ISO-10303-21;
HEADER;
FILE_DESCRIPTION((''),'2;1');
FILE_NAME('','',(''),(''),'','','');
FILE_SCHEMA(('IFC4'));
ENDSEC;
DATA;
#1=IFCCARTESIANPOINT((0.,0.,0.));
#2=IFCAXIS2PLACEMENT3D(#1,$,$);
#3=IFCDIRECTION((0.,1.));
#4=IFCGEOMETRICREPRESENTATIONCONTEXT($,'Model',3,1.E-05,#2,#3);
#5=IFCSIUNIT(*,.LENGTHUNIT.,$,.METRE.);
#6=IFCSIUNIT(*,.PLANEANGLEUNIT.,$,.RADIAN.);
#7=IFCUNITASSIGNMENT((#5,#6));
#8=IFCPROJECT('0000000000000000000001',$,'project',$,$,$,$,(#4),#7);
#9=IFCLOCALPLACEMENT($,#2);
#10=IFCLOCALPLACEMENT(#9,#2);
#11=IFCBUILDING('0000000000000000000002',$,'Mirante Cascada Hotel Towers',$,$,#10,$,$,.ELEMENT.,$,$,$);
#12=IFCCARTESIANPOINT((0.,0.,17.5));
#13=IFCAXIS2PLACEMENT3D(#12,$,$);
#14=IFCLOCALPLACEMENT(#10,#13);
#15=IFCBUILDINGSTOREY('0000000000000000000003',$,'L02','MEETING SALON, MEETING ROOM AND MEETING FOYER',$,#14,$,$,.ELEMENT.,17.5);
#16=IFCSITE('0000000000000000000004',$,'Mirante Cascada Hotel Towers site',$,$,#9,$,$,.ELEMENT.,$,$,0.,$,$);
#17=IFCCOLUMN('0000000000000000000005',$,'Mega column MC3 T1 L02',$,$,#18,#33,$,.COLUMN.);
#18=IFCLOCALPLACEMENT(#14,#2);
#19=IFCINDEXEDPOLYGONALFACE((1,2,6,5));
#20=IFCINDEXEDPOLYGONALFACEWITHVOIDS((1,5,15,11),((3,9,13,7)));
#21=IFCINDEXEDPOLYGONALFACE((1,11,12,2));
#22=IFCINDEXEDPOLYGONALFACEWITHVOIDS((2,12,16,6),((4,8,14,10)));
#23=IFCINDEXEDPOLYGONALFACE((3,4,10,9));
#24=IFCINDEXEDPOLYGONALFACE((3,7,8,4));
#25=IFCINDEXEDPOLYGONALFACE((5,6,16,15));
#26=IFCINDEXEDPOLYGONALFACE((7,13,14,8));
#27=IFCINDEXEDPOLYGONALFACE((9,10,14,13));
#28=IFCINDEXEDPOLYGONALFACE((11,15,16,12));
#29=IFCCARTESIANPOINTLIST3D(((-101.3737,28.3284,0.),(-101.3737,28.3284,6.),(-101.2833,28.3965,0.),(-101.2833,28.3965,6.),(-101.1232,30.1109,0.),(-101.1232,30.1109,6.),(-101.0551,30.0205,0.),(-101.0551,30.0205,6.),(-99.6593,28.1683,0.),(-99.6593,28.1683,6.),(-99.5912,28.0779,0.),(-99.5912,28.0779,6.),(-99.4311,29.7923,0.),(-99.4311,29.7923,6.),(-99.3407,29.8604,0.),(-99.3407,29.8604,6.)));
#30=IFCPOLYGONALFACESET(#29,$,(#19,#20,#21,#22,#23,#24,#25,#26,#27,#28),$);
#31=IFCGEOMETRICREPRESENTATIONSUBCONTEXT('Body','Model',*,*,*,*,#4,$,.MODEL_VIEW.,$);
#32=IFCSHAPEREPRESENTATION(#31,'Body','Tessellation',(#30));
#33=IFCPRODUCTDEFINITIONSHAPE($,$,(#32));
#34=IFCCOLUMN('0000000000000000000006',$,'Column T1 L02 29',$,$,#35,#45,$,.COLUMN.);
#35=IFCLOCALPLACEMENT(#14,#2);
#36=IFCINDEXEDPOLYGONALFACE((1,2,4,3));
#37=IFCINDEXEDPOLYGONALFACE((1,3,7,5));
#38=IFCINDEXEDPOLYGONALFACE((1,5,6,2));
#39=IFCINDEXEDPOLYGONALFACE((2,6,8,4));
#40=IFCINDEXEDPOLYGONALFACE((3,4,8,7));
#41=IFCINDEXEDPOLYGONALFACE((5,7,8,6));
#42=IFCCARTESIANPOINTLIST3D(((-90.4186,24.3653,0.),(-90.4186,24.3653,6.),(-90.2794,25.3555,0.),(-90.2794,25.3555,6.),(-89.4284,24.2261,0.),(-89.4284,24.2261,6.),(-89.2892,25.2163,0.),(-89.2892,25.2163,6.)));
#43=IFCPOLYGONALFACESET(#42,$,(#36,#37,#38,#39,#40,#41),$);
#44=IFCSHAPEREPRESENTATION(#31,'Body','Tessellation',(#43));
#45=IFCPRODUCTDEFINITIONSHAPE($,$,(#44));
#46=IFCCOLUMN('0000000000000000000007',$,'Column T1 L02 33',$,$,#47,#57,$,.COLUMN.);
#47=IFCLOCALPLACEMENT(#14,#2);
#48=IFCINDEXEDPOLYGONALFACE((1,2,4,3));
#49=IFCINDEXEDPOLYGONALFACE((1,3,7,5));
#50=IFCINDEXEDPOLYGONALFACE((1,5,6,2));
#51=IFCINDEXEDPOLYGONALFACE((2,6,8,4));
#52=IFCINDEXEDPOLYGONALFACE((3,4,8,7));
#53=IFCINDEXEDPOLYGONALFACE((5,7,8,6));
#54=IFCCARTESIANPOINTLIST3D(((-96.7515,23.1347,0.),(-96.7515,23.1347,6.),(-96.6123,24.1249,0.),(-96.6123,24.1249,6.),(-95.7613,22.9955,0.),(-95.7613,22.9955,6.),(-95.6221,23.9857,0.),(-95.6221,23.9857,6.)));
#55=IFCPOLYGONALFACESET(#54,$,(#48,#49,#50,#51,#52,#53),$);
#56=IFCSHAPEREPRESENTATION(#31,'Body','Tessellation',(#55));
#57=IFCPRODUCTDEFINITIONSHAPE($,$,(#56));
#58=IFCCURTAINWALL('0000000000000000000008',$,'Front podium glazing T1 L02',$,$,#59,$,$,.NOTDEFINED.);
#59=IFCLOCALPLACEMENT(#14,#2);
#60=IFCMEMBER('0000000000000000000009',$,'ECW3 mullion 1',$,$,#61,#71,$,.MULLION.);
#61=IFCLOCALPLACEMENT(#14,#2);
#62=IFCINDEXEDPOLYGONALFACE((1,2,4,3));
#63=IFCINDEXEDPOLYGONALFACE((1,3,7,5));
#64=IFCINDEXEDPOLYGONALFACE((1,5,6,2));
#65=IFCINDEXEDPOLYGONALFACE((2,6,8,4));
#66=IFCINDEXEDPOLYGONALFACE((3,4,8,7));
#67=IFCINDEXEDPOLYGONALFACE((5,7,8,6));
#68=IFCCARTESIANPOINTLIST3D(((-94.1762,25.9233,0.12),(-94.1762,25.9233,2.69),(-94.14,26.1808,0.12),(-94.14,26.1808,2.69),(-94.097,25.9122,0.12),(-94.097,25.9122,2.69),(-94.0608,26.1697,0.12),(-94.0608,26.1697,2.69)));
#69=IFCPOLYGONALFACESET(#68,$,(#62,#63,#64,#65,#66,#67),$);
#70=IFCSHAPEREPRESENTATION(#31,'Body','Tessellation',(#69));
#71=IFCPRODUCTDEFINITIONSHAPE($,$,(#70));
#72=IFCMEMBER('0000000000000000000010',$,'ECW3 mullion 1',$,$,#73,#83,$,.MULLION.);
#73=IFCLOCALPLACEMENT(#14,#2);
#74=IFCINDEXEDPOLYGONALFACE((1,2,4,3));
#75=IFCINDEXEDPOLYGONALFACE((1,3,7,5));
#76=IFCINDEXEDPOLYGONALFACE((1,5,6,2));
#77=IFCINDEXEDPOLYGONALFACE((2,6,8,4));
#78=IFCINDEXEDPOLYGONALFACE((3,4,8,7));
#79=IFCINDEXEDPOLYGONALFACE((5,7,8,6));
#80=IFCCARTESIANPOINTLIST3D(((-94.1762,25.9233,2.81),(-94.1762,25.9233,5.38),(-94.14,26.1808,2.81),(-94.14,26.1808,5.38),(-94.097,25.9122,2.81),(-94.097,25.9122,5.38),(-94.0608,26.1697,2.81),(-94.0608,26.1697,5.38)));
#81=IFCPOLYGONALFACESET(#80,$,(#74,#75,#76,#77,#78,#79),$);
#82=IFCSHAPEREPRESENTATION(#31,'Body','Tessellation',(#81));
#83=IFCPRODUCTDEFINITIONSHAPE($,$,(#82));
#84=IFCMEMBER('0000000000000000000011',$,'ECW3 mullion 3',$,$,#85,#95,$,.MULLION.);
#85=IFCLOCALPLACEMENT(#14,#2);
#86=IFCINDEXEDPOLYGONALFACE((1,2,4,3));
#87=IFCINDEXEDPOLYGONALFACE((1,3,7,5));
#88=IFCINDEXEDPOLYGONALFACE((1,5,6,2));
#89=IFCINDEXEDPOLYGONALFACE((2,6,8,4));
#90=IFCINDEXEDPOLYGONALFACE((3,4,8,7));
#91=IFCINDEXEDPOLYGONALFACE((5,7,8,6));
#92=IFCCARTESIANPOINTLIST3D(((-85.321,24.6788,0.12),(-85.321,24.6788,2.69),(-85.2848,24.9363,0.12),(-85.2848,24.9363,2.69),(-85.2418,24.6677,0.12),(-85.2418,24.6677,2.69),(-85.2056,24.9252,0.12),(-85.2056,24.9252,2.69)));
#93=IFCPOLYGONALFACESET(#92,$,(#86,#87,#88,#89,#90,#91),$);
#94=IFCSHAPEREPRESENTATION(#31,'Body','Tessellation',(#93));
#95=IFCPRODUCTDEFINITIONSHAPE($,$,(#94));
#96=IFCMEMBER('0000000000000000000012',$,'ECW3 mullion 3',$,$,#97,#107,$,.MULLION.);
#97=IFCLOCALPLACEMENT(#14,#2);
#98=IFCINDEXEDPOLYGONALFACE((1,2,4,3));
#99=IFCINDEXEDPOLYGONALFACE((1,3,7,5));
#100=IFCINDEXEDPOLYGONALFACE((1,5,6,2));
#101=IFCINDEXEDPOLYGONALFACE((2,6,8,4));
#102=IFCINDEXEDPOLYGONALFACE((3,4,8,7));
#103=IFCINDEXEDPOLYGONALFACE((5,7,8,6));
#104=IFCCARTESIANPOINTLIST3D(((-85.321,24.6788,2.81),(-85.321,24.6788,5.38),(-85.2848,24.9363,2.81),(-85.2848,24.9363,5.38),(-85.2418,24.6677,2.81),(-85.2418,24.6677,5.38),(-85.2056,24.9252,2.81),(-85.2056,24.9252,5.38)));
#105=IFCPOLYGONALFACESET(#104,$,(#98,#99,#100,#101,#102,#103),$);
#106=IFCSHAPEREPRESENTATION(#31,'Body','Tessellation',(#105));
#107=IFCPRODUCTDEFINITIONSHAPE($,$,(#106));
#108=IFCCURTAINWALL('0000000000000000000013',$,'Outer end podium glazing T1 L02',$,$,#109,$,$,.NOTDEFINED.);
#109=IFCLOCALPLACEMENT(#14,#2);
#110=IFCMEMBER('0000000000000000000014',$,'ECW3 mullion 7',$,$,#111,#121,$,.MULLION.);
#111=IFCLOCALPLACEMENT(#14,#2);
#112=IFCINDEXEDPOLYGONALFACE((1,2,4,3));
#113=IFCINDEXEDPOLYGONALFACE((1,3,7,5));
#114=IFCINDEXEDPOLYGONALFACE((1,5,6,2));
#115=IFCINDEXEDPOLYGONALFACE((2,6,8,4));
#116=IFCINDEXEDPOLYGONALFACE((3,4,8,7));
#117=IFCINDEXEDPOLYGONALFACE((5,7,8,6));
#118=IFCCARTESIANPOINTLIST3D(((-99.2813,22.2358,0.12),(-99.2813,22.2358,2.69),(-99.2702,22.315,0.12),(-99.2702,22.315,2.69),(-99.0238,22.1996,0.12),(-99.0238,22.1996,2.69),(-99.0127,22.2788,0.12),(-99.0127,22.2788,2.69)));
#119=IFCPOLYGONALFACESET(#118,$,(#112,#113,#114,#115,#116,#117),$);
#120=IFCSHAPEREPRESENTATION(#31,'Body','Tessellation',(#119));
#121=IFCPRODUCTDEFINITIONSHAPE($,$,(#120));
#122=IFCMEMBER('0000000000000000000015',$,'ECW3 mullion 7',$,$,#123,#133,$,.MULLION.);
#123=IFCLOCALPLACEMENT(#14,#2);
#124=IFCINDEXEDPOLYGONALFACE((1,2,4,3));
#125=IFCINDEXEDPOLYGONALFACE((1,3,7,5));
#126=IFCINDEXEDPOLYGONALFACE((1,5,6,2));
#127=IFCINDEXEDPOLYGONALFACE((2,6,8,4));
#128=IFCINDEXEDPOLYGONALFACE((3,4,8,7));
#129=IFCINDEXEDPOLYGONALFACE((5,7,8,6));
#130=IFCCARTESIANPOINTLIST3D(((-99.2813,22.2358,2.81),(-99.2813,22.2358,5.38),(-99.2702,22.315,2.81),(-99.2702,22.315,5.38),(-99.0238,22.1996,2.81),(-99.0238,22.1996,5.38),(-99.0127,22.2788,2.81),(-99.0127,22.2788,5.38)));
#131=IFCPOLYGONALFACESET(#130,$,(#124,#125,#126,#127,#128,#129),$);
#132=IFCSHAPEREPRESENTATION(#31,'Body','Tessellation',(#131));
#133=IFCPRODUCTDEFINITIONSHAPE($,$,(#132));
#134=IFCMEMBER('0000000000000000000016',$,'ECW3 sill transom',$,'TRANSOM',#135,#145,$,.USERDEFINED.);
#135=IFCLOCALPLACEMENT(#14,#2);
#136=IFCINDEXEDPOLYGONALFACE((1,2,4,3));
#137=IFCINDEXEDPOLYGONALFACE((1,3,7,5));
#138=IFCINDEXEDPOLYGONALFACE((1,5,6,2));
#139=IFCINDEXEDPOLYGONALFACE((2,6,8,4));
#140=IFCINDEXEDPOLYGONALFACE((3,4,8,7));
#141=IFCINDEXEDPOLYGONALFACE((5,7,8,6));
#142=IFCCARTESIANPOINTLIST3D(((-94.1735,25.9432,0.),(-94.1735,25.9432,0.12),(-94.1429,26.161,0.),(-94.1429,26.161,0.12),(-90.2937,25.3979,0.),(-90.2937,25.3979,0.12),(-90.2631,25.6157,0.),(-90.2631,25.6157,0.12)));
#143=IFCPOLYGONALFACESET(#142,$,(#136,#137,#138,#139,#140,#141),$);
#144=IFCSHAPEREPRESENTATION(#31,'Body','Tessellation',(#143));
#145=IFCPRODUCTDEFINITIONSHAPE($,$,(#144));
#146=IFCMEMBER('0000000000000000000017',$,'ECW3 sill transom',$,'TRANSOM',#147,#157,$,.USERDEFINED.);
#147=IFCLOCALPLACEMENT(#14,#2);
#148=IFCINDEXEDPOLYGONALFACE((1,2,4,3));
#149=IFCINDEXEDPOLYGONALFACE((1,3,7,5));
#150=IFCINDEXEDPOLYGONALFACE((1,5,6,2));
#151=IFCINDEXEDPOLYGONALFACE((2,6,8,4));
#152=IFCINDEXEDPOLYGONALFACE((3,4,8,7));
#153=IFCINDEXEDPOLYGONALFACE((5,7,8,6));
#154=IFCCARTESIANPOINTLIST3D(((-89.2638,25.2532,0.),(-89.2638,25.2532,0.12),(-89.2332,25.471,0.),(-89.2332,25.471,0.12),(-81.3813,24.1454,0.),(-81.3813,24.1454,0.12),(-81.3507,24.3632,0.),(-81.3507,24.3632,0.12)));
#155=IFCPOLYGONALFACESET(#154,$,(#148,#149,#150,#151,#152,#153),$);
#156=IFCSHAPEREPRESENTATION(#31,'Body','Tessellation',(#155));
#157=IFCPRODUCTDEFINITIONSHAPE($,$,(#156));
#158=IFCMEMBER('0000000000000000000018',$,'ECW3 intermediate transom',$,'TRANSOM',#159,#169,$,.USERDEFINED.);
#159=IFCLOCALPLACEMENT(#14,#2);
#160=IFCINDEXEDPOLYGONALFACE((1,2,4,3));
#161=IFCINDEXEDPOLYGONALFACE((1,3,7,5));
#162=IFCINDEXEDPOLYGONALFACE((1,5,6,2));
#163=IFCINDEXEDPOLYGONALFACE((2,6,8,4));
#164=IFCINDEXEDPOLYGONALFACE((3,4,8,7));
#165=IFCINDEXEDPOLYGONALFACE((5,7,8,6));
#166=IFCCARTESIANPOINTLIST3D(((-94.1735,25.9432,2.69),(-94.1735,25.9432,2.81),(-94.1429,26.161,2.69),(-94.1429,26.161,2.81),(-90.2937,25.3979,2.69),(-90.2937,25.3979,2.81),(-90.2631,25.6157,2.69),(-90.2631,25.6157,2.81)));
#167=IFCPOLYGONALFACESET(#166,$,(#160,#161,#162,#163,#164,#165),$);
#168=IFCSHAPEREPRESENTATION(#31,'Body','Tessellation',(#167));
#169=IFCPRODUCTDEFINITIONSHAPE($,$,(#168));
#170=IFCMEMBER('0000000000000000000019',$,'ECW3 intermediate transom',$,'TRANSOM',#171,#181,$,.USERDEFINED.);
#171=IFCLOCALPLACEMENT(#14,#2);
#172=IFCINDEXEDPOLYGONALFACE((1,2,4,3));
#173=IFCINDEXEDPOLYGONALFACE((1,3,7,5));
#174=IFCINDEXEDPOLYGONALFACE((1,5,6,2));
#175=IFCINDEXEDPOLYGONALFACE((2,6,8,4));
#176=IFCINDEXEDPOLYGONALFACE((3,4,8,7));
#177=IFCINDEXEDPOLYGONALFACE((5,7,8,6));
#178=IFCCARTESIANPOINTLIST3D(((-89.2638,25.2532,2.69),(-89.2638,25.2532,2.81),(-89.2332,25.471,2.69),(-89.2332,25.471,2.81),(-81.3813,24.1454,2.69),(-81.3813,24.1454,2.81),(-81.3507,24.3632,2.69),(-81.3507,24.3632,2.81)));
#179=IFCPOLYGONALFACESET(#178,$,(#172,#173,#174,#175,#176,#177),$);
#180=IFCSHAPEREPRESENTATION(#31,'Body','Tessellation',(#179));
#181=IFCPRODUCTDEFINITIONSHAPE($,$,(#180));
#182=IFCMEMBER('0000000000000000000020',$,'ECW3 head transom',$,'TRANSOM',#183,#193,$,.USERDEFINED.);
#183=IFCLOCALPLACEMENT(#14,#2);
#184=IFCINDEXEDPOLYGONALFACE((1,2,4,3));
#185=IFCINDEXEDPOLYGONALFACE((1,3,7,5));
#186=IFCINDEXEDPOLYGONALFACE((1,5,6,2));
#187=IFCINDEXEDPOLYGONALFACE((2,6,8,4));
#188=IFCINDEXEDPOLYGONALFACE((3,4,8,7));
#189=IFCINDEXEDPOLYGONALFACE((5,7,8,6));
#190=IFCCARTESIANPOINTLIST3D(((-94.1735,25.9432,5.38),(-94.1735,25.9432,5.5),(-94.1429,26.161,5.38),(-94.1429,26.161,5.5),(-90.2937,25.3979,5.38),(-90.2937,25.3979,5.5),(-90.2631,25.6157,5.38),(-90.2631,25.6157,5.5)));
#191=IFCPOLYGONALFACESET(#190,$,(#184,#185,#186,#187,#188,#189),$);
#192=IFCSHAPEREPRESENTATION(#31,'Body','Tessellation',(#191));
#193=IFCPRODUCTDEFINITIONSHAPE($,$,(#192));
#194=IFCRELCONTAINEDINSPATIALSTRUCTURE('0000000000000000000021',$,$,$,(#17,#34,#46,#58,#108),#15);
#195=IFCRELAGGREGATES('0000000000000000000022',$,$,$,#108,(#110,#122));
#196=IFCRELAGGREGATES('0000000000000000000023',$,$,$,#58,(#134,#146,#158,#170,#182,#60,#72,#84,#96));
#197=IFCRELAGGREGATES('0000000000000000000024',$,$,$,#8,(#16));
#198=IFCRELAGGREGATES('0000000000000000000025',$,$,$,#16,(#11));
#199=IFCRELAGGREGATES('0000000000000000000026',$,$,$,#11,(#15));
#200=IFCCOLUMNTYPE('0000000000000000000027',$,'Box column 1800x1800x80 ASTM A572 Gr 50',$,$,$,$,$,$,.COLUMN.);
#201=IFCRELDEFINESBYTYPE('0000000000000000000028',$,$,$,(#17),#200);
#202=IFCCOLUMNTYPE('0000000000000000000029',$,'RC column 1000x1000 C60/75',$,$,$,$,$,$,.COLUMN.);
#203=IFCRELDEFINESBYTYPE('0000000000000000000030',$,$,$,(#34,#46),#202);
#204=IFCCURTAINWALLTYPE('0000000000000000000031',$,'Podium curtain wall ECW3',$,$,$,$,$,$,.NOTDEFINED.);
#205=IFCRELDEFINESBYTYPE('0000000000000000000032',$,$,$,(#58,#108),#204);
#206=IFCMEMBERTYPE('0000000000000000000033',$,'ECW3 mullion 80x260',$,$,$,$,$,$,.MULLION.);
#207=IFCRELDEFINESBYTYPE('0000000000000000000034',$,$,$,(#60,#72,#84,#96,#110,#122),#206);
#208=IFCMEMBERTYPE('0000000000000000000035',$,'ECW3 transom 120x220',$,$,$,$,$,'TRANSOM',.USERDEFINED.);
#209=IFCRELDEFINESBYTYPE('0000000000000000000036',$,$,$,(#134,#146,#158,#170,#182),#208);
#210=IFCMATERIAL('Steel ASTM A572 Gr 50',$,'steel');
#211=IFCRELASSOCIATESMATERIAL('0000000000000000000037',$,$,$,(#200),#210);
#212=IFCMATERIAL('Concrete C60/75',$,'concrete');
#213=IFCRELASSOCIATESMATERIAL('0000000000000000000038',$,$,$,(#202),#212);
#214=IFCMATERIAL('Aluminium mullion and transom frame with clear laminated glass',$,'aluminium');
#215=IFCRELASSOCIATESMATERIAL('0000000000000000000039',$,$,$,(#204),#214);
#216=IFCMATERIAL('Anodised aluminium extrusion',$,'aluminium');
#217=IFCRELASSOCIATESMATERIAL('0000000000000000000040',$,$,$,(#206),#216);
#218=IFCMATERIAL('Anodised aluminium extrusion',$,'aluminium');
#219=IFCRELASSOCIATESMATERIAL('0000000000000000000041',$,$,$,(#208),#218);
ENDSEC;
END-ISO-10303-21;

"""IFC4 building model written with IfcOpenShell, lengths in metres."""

from ifc_helpers import new_model, si_unit, direction, frame, origin, origin_2d, place, context, subcontext, project, spatial, rectangle, hollow_rectangle, extrude, material, material_profile, profile_set, type_object, element, aggregate, save


model = new_model("IFC4")

# Units and contexts
model_context = context("Model", 3, precision=1e-05, world=origin(), true_north=direction((0.0, 1.0)))
body_context = subcontext(model_context, "Body", "Model", "MODEL_VIEW")
ifc_project = project(units=[si_unit("LENGTHUNIT", "METRE"), si_unit("PLANEANGLEUNIT", "RADIAN")], contexts=[model_context])

# Site, building, storey
site_placement = place(None, origin())
site = spatial("IfcSite", under=ifc_project, at=site_placement, Name="Mirante Cascada Hotel Towers site", CompositionType="ELEMENT", RefElevation=0.0)
building_placement = place(site_placement, origin())
building = spatial("IfcBuilding", under=site, at=building_placement, Name="Mirante Cascada Hotel Towers", CompositionType="ELEMENT")
storey_placement = place(building_placement, frame((0.0, 0.0, 17.5)))
storey = spatial("IfcBuildingStorey", under=building, at=storey_placement, Name="L02", Description="MEETING SALON, MEETING ROOM AND MEETING FOYER", CompositionType="ELEMENT", Elevation=17.5)

# Columns
ifc_material_1 = material(Name="Steel ASTM A572 Gr 50", Category="steel")
ifc_material_profile_1 = material_profile(ifc_material_1, hollow_rectangle(XDim=1.8, YDim=1.8, WallThickness=0.08, at=origin_2d()), Name="Box column 1800x1800x80 ASTM A572 Gr 50")
ifc_profile_set_1 = profile_set([ifc_material_profile_1], Name="Steel ASTM A572 Gr 50")
column_type_1 = type_object("IfcColumnType", Name="Box column 1800x1800x80 ASTM A572 Gr 50", PredefinedType="COLUMN", material=ifc_profile_set_1)
column_placement = place(storey_placement, frame((-100.3572, 29.0944, 0.0), z_axis=(0.0, 0.0, 1.0), x_axis=(-0.990268, 0.139173, 0.0)))
element("IfcColumn", 1, at=column_placement, inside=storey, type_object=column_type_1, Name="Mega column MC3 T1 L02", PredefinedType="COLUMN", context=body_context, shape_type="SweptSolid", body=[
    extrude(hollow_rectangle(XDim=1.8, YDim=1.8, WallThickness=0.08, at=origin_2d()), origin(), (0.0, 0.0, 1.0), 6.0),
])
ifc_material_2 = material(Name="Concrete C60/75", Category="concrete")
ifc_material_profile_2 = material_profile(ifc_material_2, rectangle(XDim=1.0, YDim=1.0, at=origin_2d()), Name="RC column 1000x1000 C60/75")
ifc_profile_set_2 = profile_set([ifc_material_profile_2], Name="Concrete C60/75")
column_type_2 = type_object("IfcColumnType", Name="RC column 1000x1000 C60/75", PredefinedType="COLUMN", material=ifc_profile_set_2)
for number, where, z_axis, x_axis, name in (
    (2, (-89.8539, 24.7908, 0.0), (0.0, 0.0, 1.0), (-0.990268, 0.139173, 0.0), "Column T1 L02 29"),
    (3, (-96.1868, 23.5602, 0.0), (0.0, 0.0, 1.0), (-0.990268, 0.139173, 0.0), "Column T1 L02 33"),
):
    element("IfcColumn", number, at=place(storey_placement, frame(where, z_axis=z_axis, x_axis=x_axis)), inside=storey, type_object=column_type_2, Name=name, PredefinedType="COLUMN", context=body_context, shape_type="SweptSolid", body=[
        extrude(rectangle(XDim=1.0, YDim=1.0, at=origin_2d()), origin(), (0.0, 0.0, 1.0), 6.0),
    ])

# Curtain walls, members
ifc_material_3 = material(Name="Aluminium mullion and transom frame with clear laminated glass", Category="aluminium")
curtain_wall_type = type_object("IfcCurtainWallType", Name="Podium curtain wall ECW3", PredefinedType="NOTDEFINED", material=ifc_material_3)
curtain_wall_1_placement = place(storey_placement, origin())
curtain_wall_1 = element("IfcCurtainWall", 4, at=curtain_wall_1_placement, inside=storey, type_object=curtain_wall_type, Name="Front podium glazing T1 L02", PredefinedType="NOTDEFINED")
ifc_material_4 = material(Name="Anodised aluminium extrusion", Category="aluminium")
ifc_material_profile_3 = material_profile(ifc_material_4, rectangle(XDim=0.26, YDim=0.08, at=origin_2d()), Name="ECW3 MULLION 80x260")
ifc_profile_set_3 = profile_set([ifc_material_profile_3], Name="Anodised aluminium extrusion")
member_type_1 = type_object("IfcMemberType", Name="ECW3 mullion 80x260", PredefinedType="MULLION", material=ifc_profile_set_3)
member_1_placement = place(storey_placement, frame((-94.1185, 26.0465, 0.12), z_axis=(0.0, 0.0, 1.0), x_axis=(0.139173, 0.990268, 0.0)))
member_1 = element("IfcMember", 5, at=member_1_placement, type_object=member_type_1, Name="ECW3 mullion 1", PredefinedType="MULLION", context=body_context, shape_type="SweptSolid", body=[
    extrude(rectangle(XDim=0.26, YDim=0.08, at=origin_2d()), origin(), (0.0, 0.0, 1.0), 2.57),
])
member_2_placement = place(storey_placement, frame((-94.1185, 26.0465, 2.81), z_axis=(0.0, 0.0, 1.0), x_axis=(0.139173, 0.990268, 0.0)))
member_2 = element("IfcMember", 6, at=member_2_placement, type_object=member_type_1, Name="ECW3 mullion 1", PredefinedType="MULLION", context=body_context, shape_type="SweptSolid", body=[
    extrude(rectangle(XDim=0.26, YDim=0.08, at=origin_2d()), origin(), (0.0, 0.0, 1.0), 2.57),
])
member_3_placement = place(storey_placement, frame((-85.2633, 24.802, 0.12), z_axis=(0.0, 0.0, 1.0), x_axis=(0.139173, 0.990268, 0.0)))
member_3 = element("IfcMember", 7, at=member_3_placement, type_object=member_type_1, Name="ECW3 mullion 3", PredefinedType="MULLION", context=body_context, shape_type="SweptSolid", body=[
    extrude(rectangle(XDim=0.26, YDim=0.08, at=origin_2d()), origin(), (0.0, 0.0, 1.0), 2.57),
])
member_4_placement = place(storey_placement, frame((-85.2633, 24.802, 2.81), z_axis=(0.0, 0.0, 1.0), x_axis=(0.139173, 0.990268, 0.0)))
member_4 = element("IfcMember", 8, at=member_4_placement, type_object=member_type_1, Name="ECW3 mullion 3", PredefinedType="MULLION", context=body_context, shape_type="SweptSolid", body=[
    extrude(rectangle(XDim=0.26, YDim=0.08, at=origin_2d()), origin(), (0.0, 0.0, 1.0), 2.57),
])
curtain_wall_2_placement = place(storey_placement, origin())
curtain_wall_2 = element("IfcCurtainWall", 9, at=curtain_wall_2_placement, inside=storey, type_object=curtain_wall_type, Name="Outer end podium glazing T1 L02", PredefinedType="NOTDEFINED")
member_5_placement = place(storey_placement, frame((-99.147, 22.2573, 0.12), z_axis=(0.0, 0.0, 1.0), x_axis=(-0.990268, 0.139173, 0.0)))
member_5 = element("IfcMember", 10, at=member_5_placement, type_object=member_type_1, Name="ECW3 mullion 7", PredefinedType="MULLION", context=body_context, shape_type="SweptSolid", body=[
    extrude(rectangle(XDim=0.26, YDim=0.08, at=origin_2d()), origin(), (0.0, 0.0, 1.0), 2.57),
])
member_6_placement = place(storey_placement, frame((-99.147, 22.2573, 2.81), z_axis=(0.0, 0.0, 1.0), x_axis=(-0.990268, 0.139173, 0.0)))
member_6 = element("IfcMember", 11, at=member_6_placement, type_object=member_type_1, Name="ECW3 mullion 7", PredefinedType="MULLION", context=body_context, shape_type="SweptSolid", body=[
    extrude(rectangle(XDim=0.26, YDim=0.08, at=origin_2d()), origin(), (0.0, 0.0, 1.0), 2.57),
])
aggregate(curtain_wall_2, [member_5, member_6])

# Members
ifc_material_5 = material(Name="Anodised aluminium extrusion", Category="aluminium")
ifc_material_profile_4 = material_profile(ifc_material_5, rectangle(XDim=0.22, YDim=0.12, at=origin_2d()), Name="ECW3 TRANSOM 120x220")
ifc_profile_set_4 = profile_set([ifc_material_profile_4], Name="Anodised aluminium extrusion")
member_type_2 = type_object("IfcMemberType", Name="ECW3 transom 120x220", ElementType="TRANSOM", PredefinedType="USERDEFINED", material=ifc_profile_set_4)
member_7_placement = place(storey_placement, frame((-94.1582, 26.0521, 0.06), z_axis=(0.990267, -0.139181, 0.0), x_axis=(0.139181, 0.990267, 0.0)))
member_7 = element("IfcMember", 12, at=member_7_placement, type_object=member_type_2, Name="ECW3 sill transom", ObjectType="TRANSOM", PredefinedType="USERDEFINED", context=body_context, shape_type="SweptSolid", body=[
    extrude(rectangle(XDim=0.22, YDim=0.12, at=origin_2d()), origin(), (0.0, 0.0, 1.0), 3.9179),
])
member_8_placement = place(storey_placement, frame((-89.2485, 25.3621, 0.06), z_axis=(0.990268, -0.139172, 0.0), x_axis=(0.139172, 0.990268, 0.0)))
member_8 = element("IfcMember", 13, at=member_8_placement, type_object=member_type_2, Name="ECW3 sill transom", ObjectType="TRANSOM", PredefinedType="USERDEFINED", context=body_context, shape_type="SweptSolid", body=[
    extrude(rectangle(XDim=0.22, YDim=0.12, at=origin_2d()), origin(), (0.0, 0.0, 1.0), 7.96),
])
member_9_placement = place(storey_placement, frame((-94.1582, 26.0521, 2.75), z_axis=(0.990267, -0.139181, 0.0), x_axis=(0.139181, 0.990267, 0.0)))
member_9 = element("IfcMember", 14, at=member_9_placement, type_object=member_type_2, Name="ECW3 intermediate transom", ObjectType="TRANSOM", PredefinedType="USERDEFINED", context=body_context, shape_type="SweptSolid", body=[
    extrude(rectangle(XDim=0.22, YDim=0.12, at=origin_2d()), origin(), (0.0, 0.0, 1.0), 3.9179),
])
member_10_placement = place(storey_placement, frame((-89.2485, 25.3621, 2.75), z_axis=(0.990268, -0.139172, 0.0), x_axis=(0.139172, 0.990268, 0.0)))
member_10 = element("IfcMember", 15, at=member_10_placement, type_object=member_type_2, Name="ECW3 intermediate transom", ObjectType="TRANSOM", PredefinedType="USERDEFINED", context=body_context, shape_type="SweptSolid", body=[
    extrude(rectangle(XDim=0.22, YDim=0.12, at=origin_2d()), origin(), (0.0, 0.0, 1.0), 7.96),
])
member_11_placement = place(storey_placement, frame((-94.1582, 26.0521, 5.44), z_axis=(0.990267, -0.139181, 0.0), x_axis=(0.139181, 0.990267, 0.0)))
member_11 = element("IfcMember", 16, at=member_11_placement, type_object=member_type_2, Name="ECW3 head transom", ObjectType="TRANSOM", PredefinedType="USERDEFINED", context=body_context, shape_type="SweptSolid", body=[
    extrude(rectangle(XDim=0.22, YDim=0.12, at=origin_2d()), origin(), (0.0, 0.0, 1.0), 3.9179),
])

aggregate(curtain_wall_1, [member_7, member_8, member_9, member_10, member_11, member_1, member_2, member_3, member_4])

save(model, "model.ifc")
